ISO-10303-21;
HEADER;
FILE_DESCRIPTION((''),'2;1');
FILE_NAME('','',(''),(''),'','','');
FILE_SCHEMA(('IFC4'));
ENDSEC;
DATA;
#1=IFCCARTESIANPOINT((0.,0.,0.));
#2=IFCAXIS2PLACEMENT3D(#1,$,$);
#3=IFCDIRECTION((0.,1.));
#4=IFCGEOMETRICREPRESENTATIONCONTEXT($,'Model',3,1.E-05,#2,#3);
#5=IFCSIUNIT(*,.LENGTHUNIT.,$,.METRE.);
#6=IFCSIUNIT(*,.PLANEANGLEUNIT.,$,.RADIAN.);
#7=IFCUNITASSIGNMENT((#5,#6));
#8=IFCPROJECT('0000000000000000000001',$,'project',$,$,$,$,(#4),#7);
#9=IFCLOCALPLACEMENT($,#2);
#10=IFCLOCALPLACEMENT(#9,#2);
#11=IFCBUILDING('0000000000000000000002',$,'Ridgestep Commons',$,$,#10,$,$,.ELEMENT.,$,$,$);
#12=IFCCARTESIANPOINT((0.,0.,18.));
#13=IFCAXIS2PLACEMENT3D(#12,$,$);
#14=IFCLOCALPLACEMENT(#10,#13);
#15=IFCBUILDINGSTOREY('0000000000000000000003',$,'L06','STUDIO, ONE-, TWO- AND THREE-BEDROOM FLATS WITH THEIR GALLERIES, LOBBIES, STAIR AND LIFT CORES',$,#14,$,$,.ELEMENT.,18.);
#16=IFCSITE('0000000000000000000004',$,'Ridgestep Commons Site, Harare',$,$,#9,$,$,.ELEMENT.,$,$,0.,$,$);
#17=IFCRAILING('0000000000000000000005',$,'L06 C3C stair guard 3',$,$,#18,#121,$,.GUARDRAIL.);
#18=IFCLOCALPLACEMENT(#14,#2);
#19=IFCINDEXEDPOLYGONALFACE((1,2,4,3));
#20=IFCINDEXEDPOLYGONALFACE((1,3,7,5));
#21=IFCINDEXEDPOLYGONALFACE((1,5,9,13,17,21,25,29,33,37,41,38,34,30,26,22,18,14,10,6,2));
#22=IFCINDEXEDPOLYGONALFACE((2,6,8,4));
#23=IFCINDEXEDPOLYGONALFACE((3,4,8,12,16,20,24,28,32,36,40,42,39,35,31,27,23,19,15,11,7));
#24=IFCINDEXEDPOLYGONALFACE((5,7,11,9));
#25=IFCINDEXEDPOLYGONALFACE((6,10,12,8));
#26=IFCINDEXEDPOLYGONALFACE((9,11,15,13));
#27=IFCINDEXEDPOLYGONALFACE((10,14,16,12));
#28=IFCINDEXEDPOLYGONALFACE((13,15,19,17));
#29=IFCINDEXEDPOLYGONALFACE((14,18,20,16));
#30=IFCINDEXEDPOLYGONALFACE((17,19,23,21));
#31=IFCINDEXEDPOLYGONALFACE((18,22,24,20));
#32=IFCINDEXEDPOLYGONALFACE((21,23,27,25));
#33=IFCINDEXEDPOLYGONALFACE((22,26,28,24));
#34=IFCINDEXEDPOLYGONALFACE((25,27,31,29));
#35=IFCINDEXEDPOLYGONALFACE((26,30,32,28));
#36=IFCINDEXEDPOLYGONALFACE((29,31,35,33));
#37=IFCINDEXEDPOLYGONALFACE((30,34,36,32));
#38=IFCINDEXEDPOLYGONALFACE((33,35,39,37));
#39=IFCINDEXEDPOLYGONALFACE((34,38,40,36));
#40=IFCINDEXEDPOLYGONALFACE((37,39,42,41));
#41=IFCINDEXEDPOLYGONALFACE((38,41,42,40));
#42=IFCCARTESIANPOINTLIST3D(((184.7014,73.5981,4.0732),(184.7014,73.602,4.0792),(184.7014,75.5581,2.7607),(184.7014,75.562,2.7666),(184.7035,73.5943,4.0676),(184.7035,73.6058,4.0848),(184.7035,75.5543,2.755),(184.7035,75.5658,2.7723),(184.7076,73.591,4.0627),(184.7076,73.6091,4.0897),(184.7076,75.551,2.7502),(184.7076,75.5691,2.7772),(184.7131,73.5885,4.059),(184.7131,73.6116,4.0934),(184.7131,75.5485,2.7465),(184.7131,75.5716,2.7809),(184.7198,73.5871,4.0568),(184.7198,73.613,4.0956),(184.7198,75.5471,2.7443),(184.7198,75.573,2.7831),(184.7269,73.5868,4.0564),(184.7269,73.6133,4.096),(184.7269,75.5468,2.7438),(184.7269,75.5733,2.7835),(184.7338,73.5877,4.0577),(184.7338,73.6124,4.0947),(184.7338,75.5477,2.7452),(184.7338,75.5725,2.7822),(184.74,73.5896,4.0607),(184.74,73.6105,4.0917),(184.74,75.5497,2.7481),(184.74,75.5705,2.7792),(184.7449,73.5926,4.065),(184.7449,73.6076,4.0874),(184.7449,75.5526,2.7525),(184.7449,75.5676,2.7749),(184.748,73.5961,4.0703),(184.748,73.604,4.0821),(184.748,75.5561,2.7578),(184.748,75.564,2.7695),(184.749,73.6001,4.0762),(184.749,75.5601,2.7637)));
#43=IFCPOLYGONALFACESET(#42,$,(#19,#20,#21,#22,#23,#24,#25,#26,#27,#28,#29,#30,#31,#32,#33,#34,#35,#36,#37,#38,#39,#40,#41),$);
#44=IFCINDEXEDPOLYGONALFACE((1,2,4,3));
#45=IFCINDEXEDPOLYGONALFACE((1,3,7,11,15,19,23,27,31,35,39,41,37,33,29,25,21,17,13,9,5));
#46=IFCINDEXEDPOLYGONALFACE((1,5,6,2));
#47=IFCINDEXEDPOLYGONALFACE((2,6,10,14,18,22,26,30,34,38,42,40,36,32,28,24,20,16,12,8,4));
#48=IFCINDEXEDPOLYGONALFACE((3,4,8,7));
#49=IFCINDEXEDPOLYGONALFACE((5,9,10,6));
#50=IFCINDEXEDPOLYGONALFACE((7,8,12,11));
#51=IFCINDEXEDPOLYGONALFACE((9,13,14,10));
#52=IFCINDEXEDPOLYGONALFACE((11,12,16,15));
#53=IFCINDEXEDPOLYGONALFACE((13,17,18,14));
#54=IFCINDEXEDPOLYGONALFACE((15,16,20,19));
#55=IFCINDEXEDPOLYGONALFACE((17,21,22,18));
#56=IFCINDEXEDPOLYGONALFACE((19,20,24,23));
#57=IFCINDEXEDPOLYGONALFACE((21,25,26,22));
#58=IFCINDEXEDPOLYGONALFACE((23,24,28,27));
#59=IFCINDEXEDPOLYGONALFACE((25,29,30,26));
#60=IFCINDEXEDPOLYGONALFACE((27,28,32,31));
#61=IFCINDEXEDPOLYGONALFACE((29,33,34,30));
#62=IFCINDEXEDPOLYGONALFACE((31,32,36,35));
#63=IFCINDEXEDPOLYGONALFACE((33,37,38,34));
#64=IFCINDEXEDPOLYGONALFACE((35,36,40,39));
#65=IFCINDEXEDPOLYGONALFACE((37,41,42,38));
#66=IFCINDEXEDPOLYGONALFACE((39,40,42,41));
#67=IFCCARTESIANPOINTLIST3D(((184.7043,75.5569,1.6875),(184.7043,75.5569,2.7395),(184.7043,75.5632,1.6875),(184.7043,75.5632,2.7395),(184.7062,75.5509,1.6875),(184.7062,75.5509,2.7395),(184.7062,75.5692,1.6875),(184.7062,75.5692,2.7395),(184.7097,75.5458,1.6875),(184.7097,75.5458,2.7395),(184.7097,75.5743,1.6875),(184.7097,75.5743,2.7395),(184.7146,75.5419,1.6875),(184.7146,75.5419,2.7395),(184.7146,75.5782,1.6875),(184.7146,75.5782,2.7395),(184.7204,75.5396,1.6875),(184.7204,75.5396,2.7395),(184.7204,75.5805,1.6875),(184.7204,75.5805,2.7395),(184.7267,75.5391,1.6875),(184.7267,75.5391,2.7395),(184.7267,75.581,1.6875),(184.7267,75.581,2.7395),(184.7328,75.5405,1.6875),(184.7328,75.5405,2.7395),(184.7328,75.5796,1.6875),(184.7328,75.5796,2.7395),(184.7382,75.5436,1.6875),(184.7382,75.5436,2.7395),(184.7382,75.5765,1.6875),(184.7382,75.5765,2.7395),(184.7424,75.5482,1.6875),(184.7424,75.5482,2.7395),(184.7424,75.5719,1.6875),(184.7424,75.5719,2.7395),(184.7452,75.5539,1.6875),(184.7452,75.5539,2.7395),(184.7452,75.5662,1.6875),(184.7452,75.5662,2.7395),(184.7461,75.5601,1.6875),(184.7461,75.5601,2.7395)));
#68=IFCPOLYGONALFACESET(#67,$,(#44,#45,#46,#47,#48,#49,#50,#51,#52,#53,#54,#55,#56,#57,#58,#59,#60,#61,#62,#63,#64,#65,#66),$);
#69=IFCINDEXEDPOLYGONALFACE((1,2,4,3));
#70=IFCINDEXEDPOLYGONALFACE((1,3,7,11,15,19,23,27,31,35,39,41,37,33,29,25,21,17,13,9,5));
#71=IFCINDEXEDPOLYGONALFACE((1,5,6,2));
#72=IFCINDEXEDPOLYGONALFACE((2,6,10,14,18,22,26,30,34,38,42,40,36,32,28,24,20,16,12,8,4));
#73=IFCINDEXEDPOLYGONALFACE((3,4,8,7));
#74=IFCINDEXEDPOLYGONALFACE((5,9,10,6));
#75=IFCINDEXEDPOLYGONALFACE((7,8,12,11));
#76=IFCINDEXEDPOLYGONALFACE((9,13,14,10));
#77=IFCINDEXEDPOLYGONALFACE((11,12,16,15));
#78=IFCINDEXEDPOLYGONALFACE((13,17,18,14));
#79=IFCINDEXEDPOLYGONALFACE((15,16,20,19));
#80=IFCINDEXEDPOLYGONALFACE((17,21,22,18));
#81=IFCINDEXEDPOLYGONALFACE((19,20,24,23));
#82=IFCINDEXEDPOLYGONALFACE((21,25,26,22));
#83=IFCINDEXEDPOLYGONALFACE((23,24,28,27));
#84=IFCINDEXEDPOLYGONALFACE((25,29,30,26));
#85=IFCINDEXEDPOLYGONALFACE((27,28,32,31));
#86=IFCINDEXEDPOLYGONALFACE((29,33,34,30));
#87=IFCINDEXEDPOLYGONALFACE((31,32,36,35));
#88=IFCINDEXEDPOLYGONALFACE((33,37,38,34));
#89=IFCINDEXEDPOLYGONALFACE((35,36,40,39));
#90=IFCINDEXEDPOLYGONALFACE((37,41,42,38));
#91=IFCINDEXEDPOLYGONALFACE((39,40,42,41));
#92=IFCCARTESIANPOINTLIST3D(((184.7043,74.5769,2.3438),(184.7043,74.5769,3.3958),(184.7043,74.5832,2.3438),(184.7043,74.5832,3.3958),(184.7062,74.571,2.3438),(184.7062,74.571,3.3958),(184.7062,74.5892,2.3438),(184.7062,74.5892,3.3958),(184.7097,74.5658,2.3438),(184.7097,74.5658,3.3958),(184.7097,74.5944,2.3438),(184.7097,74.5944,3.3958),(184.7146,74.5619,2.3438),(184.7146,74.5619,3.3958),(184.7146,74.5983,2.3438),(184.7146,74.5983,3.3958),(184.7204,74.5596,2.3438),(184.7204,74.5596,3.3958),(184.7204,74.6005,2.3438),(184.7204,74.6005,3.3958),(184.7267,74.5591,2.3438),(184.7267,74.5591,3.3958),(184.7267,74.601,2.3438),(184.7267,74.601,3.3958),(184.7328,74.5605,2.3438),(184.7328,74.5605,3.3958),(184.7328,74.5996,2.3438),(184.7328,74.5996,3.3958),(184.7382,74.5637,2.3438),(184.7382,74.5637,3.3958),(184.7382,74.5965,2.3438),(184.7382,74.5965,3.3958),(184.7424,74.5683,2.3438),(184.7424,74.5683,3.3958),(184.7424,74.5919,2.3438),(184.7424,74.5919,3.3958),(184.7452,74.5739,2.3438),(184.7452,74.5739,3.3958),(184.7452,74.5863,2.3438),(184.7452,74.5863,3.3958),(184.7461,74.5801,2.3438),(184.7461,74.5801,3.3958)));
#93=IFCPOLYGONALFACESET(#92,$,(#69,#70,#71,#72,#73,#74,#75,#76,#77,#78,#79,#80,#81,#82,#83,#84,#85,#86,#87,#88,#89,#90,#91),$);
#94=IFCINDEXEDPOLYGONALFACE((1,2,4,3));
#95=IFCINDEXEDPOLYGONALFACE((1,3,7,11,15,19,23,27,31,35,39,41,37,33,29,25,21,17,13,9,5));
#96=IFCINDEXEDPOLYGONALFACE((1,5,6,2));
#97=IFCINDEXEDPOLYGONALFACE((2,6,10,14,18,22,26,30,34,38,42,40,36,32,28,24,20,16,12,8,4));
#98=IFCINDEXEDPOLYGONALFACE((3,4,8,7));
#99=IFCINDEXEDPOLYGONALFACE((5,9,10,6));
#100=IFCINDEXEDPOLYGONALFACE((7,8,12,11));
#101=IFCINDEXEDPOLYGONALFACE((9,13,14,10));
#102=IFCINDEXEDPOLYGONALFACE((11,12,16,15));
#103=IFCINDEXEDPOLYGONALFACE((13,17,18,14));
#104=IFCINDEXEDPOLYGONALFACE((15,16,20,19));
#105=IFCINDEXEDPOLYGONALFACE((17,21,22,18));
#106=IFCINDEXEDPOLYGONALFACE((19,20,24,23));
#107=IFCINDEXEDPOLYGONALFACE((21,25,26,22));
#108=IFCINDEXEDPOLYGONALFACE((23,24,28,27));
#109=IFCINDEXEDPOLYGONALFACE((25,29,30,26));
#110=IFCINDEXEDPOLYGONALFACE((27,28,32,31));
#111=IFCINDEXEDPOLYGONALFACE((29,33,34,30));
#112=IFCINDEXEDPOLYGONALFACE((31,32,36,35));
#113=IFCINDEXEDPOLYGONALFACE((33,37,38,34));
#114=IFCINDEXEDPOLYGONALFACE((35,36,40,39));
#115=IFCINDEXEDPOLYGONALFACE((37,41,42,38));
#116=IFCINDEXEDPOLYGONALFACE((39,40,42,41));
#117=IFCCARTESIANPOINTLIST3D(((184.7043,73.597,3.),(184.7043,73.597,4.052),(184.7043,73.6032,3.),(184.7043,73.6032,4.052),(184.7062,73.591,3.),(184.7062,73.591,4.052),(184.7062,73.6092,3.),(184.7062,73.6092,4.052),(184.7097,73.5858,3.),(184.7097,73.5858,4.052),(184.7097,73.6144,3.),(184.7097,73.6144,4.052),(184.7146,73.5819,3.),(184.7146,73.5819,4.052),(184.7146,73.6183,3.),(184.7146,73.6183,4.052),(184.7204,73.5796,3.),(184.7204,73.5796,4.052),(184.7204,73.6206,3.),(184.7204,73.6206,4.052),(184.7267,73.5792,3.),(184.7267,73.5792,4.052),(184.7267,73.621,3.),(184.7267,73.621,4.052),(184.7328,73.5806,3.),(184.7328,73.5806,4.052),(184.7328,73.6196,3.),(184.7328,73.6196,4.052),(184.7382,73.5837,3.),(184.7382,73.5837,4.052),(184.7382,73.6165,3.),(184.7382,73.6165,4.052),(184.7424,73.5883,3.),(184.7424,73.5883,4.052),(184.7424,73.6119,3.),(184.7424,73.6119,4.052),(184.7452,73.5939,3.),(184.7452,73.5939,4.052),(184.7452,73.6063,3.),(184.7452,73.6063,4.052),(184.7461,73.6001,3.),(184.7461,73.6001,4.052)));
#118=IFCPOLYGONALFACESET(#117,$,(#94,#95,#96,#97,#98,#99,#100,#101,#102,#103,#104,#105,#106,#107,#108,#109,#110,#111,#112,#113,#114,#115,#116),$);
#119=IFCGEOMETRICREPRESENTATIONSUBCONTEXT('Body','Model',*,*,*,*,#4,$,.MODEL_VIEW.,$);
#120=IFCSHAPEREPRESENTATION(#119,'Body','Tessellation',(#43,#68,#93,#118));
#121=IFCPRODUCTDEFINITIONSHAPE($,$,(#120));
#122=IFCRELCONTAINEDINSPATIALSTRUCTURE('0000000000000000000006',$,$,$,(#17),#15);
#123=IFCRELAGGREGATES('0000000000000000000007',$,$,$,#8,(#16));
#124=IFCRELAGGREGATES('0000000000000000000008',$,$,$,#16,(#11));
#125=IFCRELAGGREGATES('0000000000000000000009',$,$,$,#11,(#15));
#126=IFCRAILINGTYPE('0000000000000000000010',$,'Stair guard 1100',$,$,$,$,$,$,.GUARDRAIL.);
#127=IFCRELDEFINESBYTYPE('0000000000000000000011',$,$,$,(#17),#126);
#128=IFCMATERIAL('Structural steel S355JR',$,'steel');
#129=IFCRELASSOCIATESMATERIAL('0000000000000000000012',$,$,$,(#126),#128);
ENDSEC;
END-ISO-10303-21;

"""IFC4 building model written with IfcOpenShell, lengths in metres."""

from ifc_helpers import new_model, si_unit, direction, frame, origin, origin_2d, place, context, subcontext, project, spatial, circle, extrude, material, type_object, element, save


model = new_model("IFC4")

# Units and contexts
model_context = context("Model", 3, precision=1e-05, world=origin(), true_north=direction((0.0, 1.0)))
body_context = subcontext(model_context, "Body", "Model", "MODEL_VIEW")
ifc_project = project(units=[si_unit("LENGTHUNIT", "METRE"), si_unit("PLANEANGLEUNIT", "RADIAN")], contexts=[model_context])

# Site, building, storey
site_placement = place(None, origin())
site = spatial("IfcSite", under=ifc_project, at=site_placement, Name="Ridgestep Commons Site, Harare", CompositionType="ELEMENT", RefElevation=0.0)
building_placement = place(site_placement, origin())
building = spatial("IfcBuilding", under=site, at=building_placement, Name="Ridgestep Commons", CompositionType="ELEMENT")
storey_placement = place(building_placement, frame((0.0, 0.0, 18.0)))
storey = spatial("IfcBuildingStorey", under=building, at=storey_placement, Name="L06", Description="STUDIO, ONE-, TWO- AND THREE-BEDROOM FLATS WITH THEIR GALLERIES, LOBBIES, STAIR AND LIFT CORES", CompositionType="ELEMENT", Elevation=18.0)

# Railing
ifc_material_1 = material(Name="Structural steel S355JR", Category="steel")
railing_type = type_object("IfcRailingType", Name="Stair guard 1100", PredefinedType="GUARDRAIL", material=ifc_material_1)
railing_1_placement = place(storey_placement, frame((184.7251, 75.5601, 1.6875)))
element("IfcRailing", 1, at=railing_1_placement, inside=storey, type_object=railing_type, Name="L06 C3C stair guard 3", PredefinedType="GUARDRAIL", context=body_context, shape_type="SweptSolid", body=[
    extrude(circle(Radius=0.0239, at=origin_2d()), frame((0.0, 0.0, 1.0762), z_axis=(0.0, -0.830902, 0.556419), x_axis=(1.0, 0.0, 0.0)), (0.0, 0.0, 1.0), 2.3589),
    extrude(circle(Radius=0.021, at=origin_2d()), origin(), (0.0, 0.0, 1.0), 1.052),
    extrude(circle(Radius=0.021, at=origin_2d()), frame((0.0, -0.98, 0.6562)), (0.0, 0.0, 1.0), 1.052),
    extrude(circle(Radius=0.021, at=origin_2d()), frame((0.0, -1.96, 1.3125)), (0.0, 0.0, 1.0), 1.052),
])

save(model, "model.ifc")
